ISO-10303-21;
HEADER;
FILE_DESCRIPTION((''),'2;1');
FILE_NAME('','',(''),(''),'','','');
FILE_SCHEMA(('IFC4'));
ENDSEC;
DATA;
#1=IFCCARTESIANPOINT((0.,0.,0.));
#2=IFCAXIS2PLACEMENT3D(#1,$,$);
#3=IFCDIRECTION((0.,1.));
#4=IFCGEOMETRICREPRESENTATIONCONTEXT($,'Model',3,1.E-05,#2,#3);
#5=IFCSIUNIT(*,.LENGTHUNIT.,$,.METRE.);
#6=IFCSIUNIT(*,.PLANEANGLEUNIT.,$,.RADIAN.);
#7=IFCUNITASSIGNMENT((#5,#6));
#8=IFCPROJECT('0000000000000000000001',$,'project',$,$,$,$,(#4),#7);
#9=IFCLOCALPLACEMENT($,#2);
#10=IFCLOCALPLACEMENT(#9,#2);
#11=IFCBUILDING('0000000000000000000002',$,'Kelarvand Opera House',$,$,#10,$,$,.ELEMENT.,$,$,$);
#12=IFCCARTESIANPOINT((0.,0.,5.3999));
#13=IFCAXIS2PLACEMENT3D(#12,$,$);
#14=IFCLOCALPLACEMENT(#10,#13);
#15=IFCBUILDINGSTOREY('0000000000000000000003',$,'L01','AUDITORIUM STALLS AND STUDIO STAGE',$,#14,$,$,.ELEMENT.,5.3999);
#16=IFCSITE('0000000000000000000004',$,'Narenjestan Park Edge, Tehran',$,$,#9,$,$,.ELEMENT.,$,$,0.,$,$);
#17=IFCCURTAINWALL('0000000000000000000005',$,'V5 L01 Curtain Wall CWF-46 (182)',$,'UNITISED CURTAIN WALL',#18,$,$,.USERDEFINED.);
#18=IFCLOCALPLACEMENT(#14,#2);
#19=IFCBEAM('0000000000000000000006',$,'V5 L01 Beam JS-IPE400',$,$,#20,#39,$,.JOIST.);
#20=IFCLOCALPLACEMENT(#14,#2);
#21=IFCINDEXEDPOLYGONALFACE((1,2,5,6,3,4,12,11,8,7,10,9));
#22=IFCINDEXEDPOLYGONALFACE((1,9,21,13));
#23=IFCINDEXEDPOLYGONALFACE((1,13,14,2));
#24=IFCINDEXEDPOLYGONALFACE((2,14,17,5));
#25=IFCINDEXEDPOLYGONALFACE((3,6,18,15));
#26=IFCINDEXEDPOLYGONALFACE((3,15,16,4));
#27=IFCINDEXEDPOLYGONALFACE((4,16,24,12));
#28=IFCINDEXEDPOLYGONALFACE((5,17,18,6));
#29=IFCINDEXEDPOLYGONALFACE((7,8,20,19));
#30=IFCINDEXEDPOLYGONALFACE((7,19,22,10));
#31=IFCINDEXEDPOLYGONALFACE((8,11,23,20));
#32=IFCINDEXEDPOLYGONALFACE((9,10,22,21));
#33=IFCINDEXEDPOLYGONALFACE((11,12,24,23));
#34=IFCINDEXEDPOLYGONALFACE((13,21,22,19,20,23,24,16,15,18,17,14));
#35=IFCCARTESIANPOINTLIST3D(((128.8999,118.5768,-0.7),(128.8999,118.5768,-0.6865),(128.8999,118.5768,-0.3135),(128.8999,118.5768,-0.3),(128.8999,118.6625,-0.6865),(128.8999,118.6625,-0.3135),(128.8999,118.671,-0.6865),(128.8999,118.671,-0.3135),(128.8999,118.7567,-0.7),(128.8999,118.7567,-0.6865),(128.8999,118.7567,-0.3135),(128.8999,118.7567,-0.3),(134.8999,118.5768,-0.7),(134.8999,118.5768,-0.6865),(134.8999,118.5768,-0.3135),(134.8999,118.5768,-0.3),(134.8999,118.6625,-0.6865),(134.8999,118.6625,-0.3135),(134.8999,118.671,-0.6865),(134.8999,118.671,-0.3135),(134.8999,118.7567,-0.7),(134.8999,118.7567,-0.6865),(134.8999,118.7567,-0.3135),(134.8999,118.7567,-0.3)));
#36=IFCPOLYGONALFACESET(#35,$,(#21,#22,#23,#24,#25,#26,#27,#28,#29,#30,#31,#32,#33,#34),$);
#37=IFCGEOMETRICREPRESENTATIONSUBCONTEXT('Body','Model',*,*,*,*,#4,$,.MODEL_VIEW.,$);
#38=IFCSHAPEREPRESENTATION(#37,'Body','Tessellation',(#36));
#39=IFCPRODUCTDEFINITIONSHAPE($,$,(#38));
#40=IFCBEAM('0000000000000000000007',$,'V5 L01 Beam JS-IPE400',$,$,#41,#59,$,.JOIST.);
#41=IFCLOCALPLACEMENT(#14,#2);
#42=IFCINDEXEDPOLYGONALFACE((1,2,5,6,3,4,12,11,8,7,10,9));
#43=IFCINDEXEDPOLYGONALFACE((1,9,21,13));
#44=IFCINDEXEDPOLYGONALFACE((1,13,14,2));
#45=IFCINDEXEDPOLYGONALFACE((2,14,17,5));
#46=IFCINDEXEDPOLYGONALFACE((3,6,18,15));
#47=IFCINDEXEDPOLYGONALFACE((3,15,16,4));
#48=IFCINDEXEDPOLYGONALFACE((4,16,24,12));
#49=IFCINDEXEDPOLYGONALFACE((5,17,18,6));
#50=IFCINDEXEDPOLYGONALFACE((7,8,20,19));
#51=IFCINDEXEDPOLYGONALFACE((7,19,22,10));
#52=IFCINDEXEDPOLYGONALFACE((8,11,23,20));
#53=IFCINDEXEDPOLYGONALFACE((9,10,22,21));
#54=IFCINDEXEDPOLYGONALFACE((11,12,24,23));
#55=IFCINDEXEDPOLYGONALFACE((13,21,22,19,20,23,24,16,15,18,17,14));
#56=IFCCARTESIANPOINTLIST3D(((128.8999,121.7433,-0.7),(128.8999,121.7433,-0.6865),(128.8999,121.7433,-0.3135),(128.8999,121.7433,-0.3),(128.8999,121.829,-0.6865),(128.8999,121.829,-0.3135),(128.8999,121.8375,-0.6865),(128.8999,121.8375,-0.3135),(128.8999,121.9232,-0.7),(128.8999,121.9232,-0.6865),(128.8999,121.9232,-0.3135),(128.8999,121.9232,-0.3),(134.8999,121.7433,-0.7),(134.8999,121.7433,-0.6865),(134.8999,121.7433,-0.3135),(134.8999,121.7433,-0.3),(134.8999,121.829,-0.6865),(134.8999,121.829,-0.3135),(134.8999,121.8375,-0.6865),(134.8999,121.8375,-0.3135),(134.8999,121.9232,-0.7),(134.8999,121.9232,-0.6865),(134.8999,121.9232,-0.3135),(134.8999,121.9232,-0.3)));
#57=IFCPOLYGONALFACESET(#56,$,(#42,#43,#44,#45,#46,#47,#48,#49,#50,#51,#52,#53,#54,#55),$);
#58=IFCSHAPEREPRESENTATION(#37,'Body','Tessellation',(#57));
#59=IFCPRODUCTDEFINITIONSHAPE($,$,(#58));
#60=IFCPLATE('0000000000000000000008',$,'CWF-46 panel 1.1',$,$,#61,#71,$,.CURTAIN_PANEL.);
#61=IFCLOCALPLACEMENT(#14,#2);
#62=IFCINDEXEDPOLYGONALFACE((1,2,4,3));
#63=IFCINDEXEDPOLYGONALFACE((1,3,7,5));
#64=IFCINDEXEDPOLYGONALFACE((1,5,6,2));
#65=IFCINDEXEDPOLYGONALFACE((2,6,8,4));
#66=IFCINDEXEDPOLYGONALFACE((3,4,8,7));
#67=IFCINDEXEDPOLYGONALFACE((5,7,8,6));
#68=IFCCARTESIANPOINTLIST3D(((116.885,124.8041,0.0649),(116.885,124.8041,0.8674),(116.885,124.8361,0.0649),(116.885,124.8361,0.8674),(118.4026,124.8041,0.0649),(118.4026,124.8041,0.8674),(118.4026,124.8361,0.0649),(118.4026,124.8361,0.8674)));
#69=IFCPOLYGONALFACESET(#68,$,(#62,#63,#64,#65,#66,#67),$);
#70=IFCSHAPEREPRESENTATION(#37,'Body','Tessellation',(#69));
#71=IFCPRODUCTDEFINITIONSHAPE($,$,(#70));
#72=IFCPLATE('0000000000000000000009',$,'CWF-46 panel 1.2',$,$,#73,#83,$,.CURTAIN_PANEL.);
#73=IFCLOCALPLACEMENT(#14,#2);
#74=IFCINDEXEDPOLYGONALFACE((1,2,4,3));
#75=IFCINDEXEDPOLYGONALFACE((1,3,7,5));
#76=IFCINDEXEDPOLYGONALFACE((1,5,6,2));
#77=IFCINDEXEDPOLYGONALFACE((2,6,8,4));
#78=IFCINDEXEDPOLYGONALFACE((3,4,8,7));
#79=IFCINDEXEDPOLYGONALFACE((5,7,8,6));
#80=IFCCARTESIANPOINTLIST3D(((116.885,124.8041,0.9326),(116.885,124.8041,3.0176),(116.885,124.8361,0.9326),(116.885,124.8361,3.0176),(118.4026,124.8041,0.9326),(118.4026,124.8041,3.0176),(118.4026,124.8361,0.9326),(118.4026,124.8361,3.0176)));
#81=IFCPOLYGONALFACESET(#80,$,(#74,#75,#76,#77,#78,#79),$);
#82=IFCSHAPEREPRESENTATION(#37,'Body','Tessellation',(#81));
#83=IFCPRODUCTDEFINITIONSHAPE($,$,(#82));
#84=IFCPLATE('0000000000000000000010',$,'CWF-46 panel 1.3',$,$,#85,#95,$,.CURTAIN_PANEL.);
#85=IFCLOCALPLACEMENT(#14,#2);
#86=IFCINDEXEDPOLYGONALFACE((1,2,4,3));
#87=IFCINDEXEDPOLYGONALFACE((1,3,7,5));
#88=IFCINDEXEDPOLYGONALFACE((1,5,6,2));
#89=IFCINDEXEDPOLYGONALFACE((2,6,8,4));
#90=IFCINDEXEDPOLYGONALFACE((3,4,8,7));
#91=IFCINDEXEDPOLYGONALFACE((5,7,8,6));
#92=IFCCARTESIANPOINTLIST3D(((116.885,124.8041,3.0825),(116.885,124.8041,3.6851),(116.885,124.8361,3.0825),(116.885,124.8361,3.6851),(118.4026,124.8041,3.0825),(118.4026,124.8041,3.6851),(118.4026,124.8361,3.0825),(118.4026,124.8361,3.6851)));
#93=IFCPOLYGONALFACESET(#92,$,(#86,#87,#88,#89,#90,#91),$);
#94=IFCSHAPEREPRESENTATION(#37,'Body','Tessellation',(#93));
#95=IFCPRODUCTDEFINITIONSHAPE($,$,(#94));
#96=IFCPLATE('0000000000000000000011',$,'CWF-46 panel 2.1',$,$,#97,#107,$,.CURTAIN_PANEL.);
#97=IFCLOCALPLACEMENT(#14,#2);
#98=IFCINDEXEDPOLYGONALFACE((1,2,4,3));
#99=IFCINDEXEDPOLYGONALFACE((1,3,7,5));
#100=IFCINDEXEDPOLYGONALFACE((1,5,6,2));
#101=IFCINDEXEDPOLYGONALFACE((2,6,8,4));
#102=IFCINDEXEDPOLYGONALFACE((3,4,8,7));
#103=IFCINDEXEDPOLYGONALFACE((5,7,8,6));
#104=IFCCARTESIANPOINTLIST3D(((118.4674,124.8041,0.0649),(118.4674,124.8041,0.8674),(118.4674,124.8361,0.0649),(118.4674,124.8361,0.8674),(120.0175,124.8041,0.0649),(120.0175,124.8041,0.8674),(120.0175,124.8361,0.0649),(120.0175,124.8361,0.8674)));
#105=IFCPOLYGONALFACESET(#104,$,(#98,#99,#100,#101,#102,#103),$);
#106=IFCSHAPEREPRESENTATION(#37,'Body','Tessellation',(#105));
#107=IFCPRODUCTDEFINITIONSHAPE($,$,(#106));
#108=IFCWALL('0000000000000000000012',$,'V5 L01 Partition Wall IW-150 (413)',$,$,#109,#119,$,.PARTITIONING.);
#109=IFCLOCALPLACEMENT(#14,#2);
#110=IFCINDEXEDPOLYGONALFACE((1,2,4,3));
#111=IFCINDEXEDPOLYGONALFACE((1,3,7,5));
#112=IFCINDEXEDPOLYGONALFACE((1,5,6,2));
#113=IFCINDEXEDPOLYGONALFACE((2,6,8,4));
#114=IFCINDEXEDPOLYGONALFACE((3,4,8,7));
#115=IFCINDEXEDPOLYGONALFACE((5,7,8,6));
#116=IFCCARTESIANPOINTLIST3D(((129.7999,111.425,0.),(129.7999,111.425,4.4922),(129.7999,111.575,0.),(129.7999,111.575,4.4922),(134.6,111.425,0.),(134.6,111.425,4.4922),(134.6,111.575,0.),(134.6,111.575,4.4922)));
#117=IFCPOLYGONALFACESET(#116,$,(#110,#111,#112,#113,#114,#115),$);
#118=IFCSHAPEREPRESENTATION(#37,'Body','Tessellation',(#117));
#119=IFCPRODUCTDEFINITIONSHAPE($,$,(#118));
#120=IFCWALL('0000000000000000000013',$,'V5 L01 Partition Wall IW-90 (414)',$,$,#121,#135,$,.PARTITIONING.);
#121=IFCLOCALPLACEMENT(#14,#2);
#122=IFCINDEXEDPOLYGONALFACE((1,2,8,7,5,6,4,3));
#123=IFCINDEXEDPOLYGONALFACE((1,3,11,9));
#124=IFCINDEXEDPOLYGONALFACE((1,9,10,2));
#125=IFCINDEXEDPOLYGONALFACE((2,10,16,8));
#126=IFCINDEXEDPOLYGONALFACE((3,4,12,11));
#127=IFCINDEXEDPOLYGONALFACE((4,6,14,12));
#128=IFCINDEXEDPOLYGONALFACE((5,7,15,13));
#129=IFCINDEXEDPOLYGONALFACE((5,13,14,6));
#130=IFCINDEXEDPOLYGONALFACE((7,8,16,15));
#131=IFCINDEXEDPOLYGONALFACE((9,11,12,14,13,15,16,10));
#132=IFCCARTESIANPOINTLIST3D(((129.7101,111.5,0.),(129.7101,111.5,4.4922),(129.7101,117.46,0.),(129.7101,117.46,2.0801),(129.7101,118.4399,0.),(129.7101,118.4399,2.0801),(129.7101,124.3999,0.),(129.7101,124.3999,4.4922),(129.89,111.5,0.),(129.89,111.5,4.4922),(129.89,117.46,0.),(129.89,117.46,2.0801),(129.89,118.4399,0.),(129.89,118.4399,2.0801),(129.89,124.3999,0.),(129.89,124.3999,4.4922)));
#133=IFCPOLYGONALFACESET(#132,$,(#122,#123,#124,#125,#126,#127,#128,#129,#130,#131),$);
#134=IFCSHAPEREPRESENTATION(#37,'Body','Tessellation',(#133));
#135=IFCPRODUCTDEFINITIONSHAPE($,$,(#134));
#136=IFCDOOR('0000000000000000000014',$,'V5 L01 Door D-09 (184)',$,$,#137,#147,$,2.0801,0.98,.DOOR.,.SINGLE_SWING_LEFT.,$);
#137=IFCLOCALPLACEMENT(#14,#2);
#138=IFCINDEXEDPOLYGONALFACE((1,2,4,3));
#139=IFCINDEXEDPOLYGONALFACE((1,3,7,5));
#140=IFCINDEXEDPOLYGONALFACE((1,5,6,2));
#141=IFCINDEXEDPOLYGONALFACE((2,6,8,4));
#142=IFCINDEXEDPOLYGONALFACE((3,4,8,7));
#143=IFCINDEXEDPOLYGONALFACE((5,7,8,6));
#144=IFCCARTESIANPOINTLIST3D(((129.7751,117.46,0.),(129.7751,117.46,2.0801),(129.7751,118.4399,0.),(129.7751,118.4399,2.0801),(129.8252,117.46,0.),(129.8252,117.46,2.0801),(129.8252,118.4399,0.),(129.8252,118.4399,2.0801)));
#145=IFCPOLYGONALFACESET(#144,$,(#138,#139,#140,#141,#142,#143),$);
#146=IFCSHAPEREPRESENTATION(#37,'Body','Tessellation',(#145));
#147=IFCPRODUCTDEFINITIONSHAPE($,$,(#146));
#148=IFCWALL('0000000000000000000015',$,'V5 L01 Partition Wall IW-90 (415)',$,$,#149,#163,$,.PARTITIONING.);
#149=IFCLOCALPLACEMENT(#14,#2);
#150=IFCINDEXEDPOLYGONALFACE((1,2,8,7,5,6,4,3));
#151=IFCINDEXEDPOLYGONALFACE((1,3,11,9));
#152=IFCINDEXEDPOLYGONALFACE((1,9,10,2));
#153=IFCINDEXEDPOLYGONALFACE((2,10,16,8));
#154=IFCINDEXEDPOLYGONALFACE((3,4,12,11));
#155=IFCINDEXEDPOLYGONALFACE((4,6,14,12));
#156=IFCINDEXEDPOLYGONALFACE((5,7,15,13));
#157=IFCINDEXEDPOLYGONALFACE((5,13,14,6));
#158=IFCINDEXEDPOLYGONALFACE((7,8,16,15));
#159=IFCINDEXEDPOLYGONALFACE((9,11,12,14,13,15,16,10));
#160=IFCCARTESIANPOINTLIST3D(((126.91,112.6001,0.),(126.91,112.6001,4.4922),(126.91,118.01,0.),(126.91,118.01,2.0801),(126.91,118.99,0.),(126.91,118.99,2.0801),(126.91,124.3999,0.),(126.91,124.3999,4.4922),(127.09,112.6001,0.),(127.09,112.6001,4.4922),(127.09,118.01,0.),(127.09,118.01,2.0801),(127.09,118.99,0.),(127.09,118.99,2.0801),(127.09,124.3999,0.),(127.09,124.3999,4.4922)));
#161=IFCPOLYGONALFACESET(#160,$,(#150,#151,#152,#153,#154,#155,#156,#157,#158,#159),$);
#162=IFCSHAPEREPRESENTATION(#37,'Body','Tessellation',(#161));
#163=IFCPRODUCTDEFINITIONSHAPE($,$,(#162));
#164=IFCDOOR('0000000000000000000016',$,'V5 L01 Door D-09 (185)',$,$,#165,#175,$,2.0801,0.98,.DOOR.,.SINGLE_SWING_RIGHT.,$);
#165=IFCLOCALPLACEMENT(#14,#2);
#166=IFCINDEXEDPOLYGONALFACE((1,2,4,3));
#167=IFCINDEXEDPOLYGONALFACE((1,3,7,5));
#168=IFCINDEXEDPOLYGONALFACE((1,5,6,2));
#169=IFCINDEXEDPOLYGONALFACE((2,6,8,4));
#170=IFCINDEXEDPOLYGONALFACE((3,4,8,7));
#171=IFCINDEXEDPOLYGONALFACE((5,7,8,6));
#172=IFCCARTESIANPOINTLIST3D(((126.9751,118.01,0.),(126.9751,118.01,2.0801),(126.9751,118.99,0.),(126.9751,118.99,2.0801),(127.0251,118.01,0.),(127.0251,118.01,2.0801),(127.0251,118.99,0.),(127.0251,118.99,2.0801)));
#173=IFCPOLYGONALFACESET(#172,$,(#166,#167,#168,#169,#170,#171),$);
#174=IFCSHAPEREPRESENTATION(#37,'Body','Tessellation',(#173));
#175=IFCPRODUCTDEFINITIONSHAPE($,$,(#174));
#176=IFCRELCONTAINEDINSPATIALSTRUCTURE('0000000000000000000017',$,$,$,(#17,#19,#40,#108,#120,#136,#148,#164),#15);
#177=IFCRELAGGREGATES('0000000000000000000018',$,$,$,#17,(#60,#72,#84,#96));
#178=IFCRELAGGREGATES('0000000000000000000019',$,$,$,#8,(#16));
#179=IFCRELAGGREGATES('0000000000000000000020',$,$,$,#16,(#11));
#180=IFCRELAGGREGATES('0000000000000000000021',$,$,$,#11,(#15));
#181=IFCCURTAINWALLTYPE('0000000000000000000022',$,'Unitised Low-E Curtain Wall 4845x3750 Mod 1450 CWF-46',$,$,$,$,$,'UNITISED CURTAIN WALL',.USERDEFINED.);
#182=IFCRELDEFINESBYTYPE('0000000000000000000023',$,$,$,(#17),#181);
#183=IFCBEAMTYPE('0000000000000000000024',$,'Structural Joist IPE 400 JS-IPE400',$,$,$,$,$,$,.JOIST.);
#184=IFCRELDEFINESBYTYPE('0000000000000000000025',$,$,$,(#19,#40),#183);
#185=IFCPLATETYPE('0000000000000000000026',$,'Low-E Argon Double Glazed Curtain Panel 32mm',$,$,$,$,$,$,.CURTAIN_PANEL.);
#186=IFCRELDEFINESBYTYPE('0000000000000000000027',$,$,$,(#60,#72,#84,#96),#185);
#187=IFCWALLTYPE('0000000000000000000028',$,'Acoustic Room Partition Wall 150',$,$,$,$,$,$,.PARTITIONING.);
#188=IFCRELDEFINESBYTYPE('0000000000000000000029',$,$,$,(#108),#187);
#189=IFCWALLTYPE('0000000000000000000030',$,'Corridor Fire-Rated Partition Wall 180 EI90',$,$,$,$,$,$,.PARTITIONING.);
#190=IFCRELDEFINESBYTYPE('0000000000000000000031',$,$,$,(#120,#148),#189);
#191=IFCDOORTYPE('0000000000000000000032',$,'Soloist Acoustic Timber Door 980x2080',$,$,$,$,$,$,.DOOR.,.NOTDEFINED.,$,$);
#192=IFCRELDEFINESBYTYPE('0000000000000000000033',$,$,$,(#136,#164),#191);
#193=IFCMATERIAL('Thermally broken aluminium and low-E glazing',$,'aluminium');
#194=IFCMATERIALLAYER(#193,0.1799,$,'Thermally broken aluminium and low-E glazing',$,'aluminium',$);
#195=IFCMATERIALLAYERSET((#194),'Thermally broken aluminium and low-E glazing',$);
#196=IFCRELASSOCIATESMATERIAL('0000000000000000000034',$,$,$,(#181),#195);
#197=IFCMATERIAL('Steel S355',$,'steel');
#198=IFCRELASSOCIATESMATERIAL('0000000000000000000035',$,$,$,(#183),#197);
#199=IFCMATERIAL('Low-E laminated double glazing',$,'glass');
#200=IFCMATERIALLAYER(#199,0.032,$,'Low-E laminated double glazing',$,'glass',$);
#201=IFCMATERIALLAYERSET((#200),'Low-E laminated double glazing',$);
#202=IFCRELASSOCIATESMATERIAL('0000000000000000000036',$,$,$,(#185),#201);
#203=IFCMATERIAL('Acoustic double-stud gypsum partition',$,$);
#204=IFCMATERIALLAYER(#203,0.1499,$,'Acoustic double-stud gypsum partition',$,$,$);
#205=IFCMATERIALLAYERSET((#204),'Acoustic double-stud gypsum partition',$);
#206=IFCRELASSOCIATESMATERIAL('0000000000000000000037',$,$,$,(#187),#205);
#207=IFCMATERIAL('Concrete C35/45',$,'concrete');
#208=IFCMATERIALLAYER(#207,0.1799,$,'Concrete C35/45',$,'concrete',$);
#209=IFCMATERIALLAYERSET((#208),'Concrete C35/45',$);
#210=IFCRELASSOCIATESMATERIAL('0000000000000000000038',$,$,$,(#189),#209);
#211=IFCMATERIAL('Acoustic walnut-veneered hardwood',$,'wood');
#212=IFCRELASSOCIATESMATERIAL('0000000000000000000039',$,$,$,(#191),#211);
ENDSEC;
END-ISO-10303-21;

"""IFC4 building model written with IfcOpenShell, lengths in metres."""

from ifc_helpers import new_model, si_unit, direction, frame, frame_2d, origin, origin_2d, place, context, subcontext, project, spatial, rectangle, i_section, extrude, material, layer, layer_set, material_profile, profile_set, type_object, element, fill, aggregate, save


model = new_model("IFC4")

# Units and contexts
model_context = context("Model", 3, precision=1e-05, world=origin(), true_north=direction((0.0, 1.0)))
body_context = subcontext(model_context, "Body", "Model", "MODEL_VIEW")
ifc_project = project(units=[si_unit("LENGTHUNIT", "METRE"), si_unit("PLANEANGLEUNIT", "RADIAN")], contexts=[model_context])

# Site, building, storey
site_placement = place(None, origin())
site = spatial("IfcSite", under=ifc_project, at=site_placement, Name="Narenjestan Park Edge, Tehran", CompositionType="ELEMENT", RefElevation=0.0)
building_placement = place(site_placement, origin())
building = spatial("IfcBuilding", under=site, at=building_placement, Name="Kelarvand Opera House", CompositionType="ELEMENT")
storey_placement = place(building_placement, frame((0.0, 0.0, 5.3999)))
storey = spatial("IfcBuildingStorey", under=building, at=storey_placement, Name="L01", Description="AUDITORIUM STALLS AND STUDIO STAGE", CompositionType="ELEMENT", Elevation=5.3999)

# Curtain wall
ifc_material_1 = material(Name="Thermally broken aluminium and low-E glazing", Category="aluminium")
ifc_layer_1 = layer(ifc_material_1, 0.1799, Name="Thermally broken aluminium and low-E glazing", Category="aluminium")
ifc_layer_set_1 = layer_set([ifc_layer_1], Name="Thermally broken aluminium and low-E glazing")
curtain_wall_type = type_object("IfcCurtainWallType", Name="Unitised Low-E Curtain Wall 4845x3750 Mod 1450 CWF-46", ElementType="UNITISED CURTAIN WALL", PredefinedType="USERDEFINED", material=ifc_layer_set_1)
curtain_wall_placement = place(storey_placement, origin())
curtain_wall = element("IfcCurtainWall", 1, at=curtain_wall_placement, inside=storey, type_object=curtain_wall_type, Name="V5 L01 Curtain Wall CWF-46 (182)", ObjectType="UNITISED CURTAIN WALL", PredefinedType="USERDEFINED")

# Beams
ifc_material_2 = material(Name="Steel S355", Category="steel")
ifc_material_profile_1 = material_profile(ifc_material_2, i_section(OverallWidth=0.1799, OverallDepth=0.3999, WebThickness=0.0085, FlangeThickness=0.0134, at=origin_2d()), Name="IPE 400", Category="steel")
ifc_profile_set_1 = profile_set([ifc_material_profile_1], Name="Steel S355")
beam_type_1 = type_object("IfcBeamType", Name="Structural Joist IPE 400 JS-IPE400", PredefinedType="JOIST", material=ifc_profile_set_1)
for number, where, z_axis, x_axis, name in (
    (2, (128.8999, 118.6667, -0.5), (1.0, 0.0, 0.0), (0.0, 1.0, 0.0), "V5 L01 Beam JS-IPE400"),
    (3, (128.8999, 121.8333, -0.5), (1.0, 0.0, 0.0), (0.0, 1.0, 0.0), "V5 L01 Beam JS-IPE400"),
):
    element("IfcBeam", number, at=place(storey_placement, frame(where, z_axis=z_axis, x_axis=x_axis)), inside=storey, type_object=beam_type_1, Name=name, PredefinedType="JOIST", context=body_context, shape_type="SweptSolid", body=[
        extrude(i_section(OverallWidth=0.1799, OverallDepth=0.3999, WebThickness=0.0085, FlangeThickness=0.0134, at=origin_2d()), origin(), (0.0, 0.0, 1.0), 6.0),
    ])

# Plates
ifc_material_3 = material(Name="Low-E laminated double glazing", Category="glass")
ifc_layer_2 = layer(ifc_material_3, 0.032, Name="Low-E laminated double glazing", Category="glass")
ifc_layer_set_2 = layer_set([ifc_layer_2], Name="Low-E laminated double glazing")
plate_type = type_object("IfcPlateType", Name="Low-E Argon Double Glazed Curtain Panel 32mm", PredefinedType="CURTAIN_PANEL", material=ifc_layer_set_2)
plate_1_placement = place(storey_placement, frame((117.6438, 124.8201, 0.0649), z_axis=(0.0, 0.0, 1.0), x_axis=(1.0, 0.0, 0.0)))
plate_1 = element("IfcPlate", 4, at=plate_1_placement, type_object=plate_type, Name="CWF-46 panel 1.1", PredefinedType="CURTAIN_PANEL", context=body_context, shape_type="SweptSolid", body=[
    extrude(rectangle(XDim=1.5176, YDim=0.032, at=origin_2d()), origin(), (0.0, 0.0, 1.0), 0.8025),
])
plate_2_placement = place(storey_placement, frame((117.6438, 124.8201, 0.9326), z_axis=(0.0, 0.0, 1.0), x_axis=(1.0, 0.0, 0.0)))
plate_2 = element("IfcPlate", 5, at=plate_2_placement, type_object=plate_type, Name="CWF-46 panel 1.2", PredefinedType="CURTAIN_PANEL", context=body_context, shape_type="SweptSolid", body=[
    extrude(rectangle(XDim=1.5176, YDim=0.032, at=origin_2d()), origin(), (0.0, 0.0, 1.0), 2.085),
])
plate_3_placement = place(storey_placement, frame((117.6438, 124.8201, 3.0825), z_axis=(0.0, 0.0, 1.0), x_axis=(1.0, 0.0, 0.0)))
plate_3 = element("IfcPlate", 6, at=plate_3_placement, type_object=plate_type, Name="CWF-46 panel 1.3", PredefinedType="CURTAIN_PANEL", context=body_context, shape_type="SweptSolid", body=[
    extrude(rectangle(XDim=1.5176, YDim=0.032, at=origin_2d()), origin(), (0.0, 0.0, 1.0), 0.6025),
])
plate_4_placement = place(storey_placement, frame((119.2424, 124.8201, 0.0649), z_axis=(0.0, 0.0, 1.0), x_axis=(1.0, 0.0, 0.0)))
plate_4 = element("IfcPlate", 7, at=plate_4_placement, type_object=plate_type, Name="CWF-46 panel 2.1", PredefinedType="CURTAIN_PANEL", context=body_context, shape_type="SweptSolid", body=[
    extrude(rectangle(XDim=1.55, YDim=0.032, at=origin_2d()), origin(), (0.0, 0.0, 1.0), 0.8025),
])
aggregate(curtain_wall, [plate_1, plate_2, plate_3, plate_4])

# Wall
ifc_material_4 = material(Name="Acoustic double-stud gypsum partition")
ifc_layer_3 = layer(ifc_material_4, 0.1499, Name="Acoustic double-stud gypsum partition")
ifc_layer_set_3 = layer_set([ifc_layer_3], Name="Acoustic double-stud gypsum partition")
wall_type_1 = type_object("IfcWallType", Name="Acoustic Room Partition Wall 150", PredefinedType="PARTITIONING", material=ifc_layer_set_3)
wall_1_placement = place(storey_placement, frame((129.8, 111.5, 0.0), z_axis=(0.0, 0.0, 1.0), x_axis=(1.0, 0.0, 0.0)))
element("IfcWall", 8, at=wall_1_placement, inside=storey, type_object=wall_type_1, Name="V5 L01 Partition Wall IW-150 (413)", PredefinedType="PARTITIONING", context=body_context, shape_type="SweptSolid", body=[
    extrude(rectangle(XDim=4.8, YDim=0.1499, at=frame_2d((2.3999, 0.0))), origin(), (0.0, 0.0, 1.0), 4.4922),
])

# Walls, openings, doors
ifc_material_5 = material(Name="Concrete C35/45", Category="concrete")
ifc_layer_4 = layer(ifc_material_5, 0.1799, Name="Concrete C35/45", Category="concrete")
ifc_layer_set_4 = layer_set([ifc_layer_4], Name="Concrete C35/45")
wall_type_2 = type_object("IfcWallType", Name="Corridor Fire-Rated Partition Wall 180 EI90", PredefinedType="PARTITIONING", material=ifc_layer_set_4)
wall_2_placement = place(storey_placement, frame((129.8, 111.5, 0.0), z_axis=(0.0, 0.0, 1.0), x_axis=(0.0, 1.0, 0.0)))
wall_2 = element("IfcWall", 9, at=wall_2_placement, inside=storey, type_object=wall_type_2, Name="V5 L01 Partition Wall IW-90 (414)", PredefinedType="PARTITIONING", context=body_context, shape_type="SweptSolid", body=[
    extrude(rectangle(XDim=12.8999, YDim=0.1799, at=frame_2d((6.45, 0.0))), origin(), (0.0, 0.0, 1.0), 4.4922),
])
opening_1_placement = place(wall_2_placement, frame((5.96, 0.0, 0.0)))
opening_1 = element("IfcOpeningElement", 10, at=opening_1_placement, cuts=wall_2, PredefinedType="OPENING", context=body_context, shape_type="SweptSolid", body=[
    extrude(rectangle(XDim=0.98, YDim=2.0801, at=frame_2d((0.49, 1.04))), frame((0.0, 0.1001, 0.0), z_axis=(0.0, -1.0, 0.0), x_axis=(1.0, 0.0, 0.0)), (0.0, 0.0, 1.0), 0.2),
])
ifc_material_6 = material(Name="Acoustic walnut-veneered hardwood", Category="wood")
door_type = type_object("IfcDoorType", Name="Soloist Acoustic Timber Door 980x2080", OperationType="NOTDEFINED", PredefinedType="DOOR", material=ifc_material_6)
door_1_placement = place(opening_1_placement, origin())
door_1 = element("IfcDoor", 11, at=door_1_placement, inside=storey, type_object=door_type, Name="V5 L01 Door D-09 (184)", OperationType="SINGLE_SWING_LEFT", OverallHeight=2.0801, OverallWidth=0.98, PredefinedType="DOOR", context=body_context, shape_type="SweptSolid", body=[
    extrude(rectangle(XDim=0.98, YDim=2.0801, at=frame_2d((0.49, 1.04))), frame((0.0, 0.0249, 0.0), z_axis=(0.0, -1.0, 0.0), x_axis=(1.0, 0.0, 0.0)), (0.0, 0.0, 1.0), 0.05),
])
fill(opening_1, door_1)
wall_3_placement = place(storey_placement, frame((127.0, 112.6001, 0.0), z_axis=(0.0, 0.0, 1.0), x_axis=(0.0, 1.0, 0.0)))
wall_3 = element("IfcWall", 12, at=wall_3_placement, inside=storey, type_object=wall_type_2, Name="V5 L01 Partition Wall IW-90 (415)", PredefinedType="PARTITIONING", context=body_context, shape_type="SweptSolid", body=[
    extrude(rectangle(XDim=11.7998, YDim=0.1799, at=frame_2d((5.8999, 0.0))), origin(), (0.0, 0.0, 1.0), 4.4922),
])
opening_2_placement = place(wall_3_placement, frame((5.4099, 0.0, 0.0)))
opening_2 = element("IfcOpeningElement", 13, at=opening_2_placement, cuts=wall_3, PredefinedType="OPENING", context=body_context, shape_type="SweptSolid", body=[
    extrude(rectangle(XDim=0.98, YDim=2.0801, at=frame_2d((0.49, 1.04))), frame((0.0, 0.1001, 0.0), z_axis=(0.0, -1.0, 0.0), x_axis=(1.0, 0.0, 0.0)), (0.0, 0.0, 1.0), 0.2),
])
door_2_placement = place(opening_2_placement, origin())
door_2 = element("IfcDoor", 14, at=door_2_placement, inside=storey, type_object=door_type, Name="V5 L01 Door D-09 (185)", OperationType="SINGLE_SWING_RIGHT", OverallHeight=2.0801, OverallWidth=0.98, PredefinedType="DOOR", context=body_context, shape_type="SweptSolid", body=[
    extrude(rectangle(XDim=0.98, YDim=2.0801, at=frame_2d((0.49, 1.04))), frame((0.0, 0.0249, 0.0), z_axis=(0.0, -1.0, 0.0), x_axis=(1.0, 0.0, 0.0)), (0.0, 0.0, 1.0), 0.05),
])
fill(opening_2, door_2)

save(model, "model.ifc")
